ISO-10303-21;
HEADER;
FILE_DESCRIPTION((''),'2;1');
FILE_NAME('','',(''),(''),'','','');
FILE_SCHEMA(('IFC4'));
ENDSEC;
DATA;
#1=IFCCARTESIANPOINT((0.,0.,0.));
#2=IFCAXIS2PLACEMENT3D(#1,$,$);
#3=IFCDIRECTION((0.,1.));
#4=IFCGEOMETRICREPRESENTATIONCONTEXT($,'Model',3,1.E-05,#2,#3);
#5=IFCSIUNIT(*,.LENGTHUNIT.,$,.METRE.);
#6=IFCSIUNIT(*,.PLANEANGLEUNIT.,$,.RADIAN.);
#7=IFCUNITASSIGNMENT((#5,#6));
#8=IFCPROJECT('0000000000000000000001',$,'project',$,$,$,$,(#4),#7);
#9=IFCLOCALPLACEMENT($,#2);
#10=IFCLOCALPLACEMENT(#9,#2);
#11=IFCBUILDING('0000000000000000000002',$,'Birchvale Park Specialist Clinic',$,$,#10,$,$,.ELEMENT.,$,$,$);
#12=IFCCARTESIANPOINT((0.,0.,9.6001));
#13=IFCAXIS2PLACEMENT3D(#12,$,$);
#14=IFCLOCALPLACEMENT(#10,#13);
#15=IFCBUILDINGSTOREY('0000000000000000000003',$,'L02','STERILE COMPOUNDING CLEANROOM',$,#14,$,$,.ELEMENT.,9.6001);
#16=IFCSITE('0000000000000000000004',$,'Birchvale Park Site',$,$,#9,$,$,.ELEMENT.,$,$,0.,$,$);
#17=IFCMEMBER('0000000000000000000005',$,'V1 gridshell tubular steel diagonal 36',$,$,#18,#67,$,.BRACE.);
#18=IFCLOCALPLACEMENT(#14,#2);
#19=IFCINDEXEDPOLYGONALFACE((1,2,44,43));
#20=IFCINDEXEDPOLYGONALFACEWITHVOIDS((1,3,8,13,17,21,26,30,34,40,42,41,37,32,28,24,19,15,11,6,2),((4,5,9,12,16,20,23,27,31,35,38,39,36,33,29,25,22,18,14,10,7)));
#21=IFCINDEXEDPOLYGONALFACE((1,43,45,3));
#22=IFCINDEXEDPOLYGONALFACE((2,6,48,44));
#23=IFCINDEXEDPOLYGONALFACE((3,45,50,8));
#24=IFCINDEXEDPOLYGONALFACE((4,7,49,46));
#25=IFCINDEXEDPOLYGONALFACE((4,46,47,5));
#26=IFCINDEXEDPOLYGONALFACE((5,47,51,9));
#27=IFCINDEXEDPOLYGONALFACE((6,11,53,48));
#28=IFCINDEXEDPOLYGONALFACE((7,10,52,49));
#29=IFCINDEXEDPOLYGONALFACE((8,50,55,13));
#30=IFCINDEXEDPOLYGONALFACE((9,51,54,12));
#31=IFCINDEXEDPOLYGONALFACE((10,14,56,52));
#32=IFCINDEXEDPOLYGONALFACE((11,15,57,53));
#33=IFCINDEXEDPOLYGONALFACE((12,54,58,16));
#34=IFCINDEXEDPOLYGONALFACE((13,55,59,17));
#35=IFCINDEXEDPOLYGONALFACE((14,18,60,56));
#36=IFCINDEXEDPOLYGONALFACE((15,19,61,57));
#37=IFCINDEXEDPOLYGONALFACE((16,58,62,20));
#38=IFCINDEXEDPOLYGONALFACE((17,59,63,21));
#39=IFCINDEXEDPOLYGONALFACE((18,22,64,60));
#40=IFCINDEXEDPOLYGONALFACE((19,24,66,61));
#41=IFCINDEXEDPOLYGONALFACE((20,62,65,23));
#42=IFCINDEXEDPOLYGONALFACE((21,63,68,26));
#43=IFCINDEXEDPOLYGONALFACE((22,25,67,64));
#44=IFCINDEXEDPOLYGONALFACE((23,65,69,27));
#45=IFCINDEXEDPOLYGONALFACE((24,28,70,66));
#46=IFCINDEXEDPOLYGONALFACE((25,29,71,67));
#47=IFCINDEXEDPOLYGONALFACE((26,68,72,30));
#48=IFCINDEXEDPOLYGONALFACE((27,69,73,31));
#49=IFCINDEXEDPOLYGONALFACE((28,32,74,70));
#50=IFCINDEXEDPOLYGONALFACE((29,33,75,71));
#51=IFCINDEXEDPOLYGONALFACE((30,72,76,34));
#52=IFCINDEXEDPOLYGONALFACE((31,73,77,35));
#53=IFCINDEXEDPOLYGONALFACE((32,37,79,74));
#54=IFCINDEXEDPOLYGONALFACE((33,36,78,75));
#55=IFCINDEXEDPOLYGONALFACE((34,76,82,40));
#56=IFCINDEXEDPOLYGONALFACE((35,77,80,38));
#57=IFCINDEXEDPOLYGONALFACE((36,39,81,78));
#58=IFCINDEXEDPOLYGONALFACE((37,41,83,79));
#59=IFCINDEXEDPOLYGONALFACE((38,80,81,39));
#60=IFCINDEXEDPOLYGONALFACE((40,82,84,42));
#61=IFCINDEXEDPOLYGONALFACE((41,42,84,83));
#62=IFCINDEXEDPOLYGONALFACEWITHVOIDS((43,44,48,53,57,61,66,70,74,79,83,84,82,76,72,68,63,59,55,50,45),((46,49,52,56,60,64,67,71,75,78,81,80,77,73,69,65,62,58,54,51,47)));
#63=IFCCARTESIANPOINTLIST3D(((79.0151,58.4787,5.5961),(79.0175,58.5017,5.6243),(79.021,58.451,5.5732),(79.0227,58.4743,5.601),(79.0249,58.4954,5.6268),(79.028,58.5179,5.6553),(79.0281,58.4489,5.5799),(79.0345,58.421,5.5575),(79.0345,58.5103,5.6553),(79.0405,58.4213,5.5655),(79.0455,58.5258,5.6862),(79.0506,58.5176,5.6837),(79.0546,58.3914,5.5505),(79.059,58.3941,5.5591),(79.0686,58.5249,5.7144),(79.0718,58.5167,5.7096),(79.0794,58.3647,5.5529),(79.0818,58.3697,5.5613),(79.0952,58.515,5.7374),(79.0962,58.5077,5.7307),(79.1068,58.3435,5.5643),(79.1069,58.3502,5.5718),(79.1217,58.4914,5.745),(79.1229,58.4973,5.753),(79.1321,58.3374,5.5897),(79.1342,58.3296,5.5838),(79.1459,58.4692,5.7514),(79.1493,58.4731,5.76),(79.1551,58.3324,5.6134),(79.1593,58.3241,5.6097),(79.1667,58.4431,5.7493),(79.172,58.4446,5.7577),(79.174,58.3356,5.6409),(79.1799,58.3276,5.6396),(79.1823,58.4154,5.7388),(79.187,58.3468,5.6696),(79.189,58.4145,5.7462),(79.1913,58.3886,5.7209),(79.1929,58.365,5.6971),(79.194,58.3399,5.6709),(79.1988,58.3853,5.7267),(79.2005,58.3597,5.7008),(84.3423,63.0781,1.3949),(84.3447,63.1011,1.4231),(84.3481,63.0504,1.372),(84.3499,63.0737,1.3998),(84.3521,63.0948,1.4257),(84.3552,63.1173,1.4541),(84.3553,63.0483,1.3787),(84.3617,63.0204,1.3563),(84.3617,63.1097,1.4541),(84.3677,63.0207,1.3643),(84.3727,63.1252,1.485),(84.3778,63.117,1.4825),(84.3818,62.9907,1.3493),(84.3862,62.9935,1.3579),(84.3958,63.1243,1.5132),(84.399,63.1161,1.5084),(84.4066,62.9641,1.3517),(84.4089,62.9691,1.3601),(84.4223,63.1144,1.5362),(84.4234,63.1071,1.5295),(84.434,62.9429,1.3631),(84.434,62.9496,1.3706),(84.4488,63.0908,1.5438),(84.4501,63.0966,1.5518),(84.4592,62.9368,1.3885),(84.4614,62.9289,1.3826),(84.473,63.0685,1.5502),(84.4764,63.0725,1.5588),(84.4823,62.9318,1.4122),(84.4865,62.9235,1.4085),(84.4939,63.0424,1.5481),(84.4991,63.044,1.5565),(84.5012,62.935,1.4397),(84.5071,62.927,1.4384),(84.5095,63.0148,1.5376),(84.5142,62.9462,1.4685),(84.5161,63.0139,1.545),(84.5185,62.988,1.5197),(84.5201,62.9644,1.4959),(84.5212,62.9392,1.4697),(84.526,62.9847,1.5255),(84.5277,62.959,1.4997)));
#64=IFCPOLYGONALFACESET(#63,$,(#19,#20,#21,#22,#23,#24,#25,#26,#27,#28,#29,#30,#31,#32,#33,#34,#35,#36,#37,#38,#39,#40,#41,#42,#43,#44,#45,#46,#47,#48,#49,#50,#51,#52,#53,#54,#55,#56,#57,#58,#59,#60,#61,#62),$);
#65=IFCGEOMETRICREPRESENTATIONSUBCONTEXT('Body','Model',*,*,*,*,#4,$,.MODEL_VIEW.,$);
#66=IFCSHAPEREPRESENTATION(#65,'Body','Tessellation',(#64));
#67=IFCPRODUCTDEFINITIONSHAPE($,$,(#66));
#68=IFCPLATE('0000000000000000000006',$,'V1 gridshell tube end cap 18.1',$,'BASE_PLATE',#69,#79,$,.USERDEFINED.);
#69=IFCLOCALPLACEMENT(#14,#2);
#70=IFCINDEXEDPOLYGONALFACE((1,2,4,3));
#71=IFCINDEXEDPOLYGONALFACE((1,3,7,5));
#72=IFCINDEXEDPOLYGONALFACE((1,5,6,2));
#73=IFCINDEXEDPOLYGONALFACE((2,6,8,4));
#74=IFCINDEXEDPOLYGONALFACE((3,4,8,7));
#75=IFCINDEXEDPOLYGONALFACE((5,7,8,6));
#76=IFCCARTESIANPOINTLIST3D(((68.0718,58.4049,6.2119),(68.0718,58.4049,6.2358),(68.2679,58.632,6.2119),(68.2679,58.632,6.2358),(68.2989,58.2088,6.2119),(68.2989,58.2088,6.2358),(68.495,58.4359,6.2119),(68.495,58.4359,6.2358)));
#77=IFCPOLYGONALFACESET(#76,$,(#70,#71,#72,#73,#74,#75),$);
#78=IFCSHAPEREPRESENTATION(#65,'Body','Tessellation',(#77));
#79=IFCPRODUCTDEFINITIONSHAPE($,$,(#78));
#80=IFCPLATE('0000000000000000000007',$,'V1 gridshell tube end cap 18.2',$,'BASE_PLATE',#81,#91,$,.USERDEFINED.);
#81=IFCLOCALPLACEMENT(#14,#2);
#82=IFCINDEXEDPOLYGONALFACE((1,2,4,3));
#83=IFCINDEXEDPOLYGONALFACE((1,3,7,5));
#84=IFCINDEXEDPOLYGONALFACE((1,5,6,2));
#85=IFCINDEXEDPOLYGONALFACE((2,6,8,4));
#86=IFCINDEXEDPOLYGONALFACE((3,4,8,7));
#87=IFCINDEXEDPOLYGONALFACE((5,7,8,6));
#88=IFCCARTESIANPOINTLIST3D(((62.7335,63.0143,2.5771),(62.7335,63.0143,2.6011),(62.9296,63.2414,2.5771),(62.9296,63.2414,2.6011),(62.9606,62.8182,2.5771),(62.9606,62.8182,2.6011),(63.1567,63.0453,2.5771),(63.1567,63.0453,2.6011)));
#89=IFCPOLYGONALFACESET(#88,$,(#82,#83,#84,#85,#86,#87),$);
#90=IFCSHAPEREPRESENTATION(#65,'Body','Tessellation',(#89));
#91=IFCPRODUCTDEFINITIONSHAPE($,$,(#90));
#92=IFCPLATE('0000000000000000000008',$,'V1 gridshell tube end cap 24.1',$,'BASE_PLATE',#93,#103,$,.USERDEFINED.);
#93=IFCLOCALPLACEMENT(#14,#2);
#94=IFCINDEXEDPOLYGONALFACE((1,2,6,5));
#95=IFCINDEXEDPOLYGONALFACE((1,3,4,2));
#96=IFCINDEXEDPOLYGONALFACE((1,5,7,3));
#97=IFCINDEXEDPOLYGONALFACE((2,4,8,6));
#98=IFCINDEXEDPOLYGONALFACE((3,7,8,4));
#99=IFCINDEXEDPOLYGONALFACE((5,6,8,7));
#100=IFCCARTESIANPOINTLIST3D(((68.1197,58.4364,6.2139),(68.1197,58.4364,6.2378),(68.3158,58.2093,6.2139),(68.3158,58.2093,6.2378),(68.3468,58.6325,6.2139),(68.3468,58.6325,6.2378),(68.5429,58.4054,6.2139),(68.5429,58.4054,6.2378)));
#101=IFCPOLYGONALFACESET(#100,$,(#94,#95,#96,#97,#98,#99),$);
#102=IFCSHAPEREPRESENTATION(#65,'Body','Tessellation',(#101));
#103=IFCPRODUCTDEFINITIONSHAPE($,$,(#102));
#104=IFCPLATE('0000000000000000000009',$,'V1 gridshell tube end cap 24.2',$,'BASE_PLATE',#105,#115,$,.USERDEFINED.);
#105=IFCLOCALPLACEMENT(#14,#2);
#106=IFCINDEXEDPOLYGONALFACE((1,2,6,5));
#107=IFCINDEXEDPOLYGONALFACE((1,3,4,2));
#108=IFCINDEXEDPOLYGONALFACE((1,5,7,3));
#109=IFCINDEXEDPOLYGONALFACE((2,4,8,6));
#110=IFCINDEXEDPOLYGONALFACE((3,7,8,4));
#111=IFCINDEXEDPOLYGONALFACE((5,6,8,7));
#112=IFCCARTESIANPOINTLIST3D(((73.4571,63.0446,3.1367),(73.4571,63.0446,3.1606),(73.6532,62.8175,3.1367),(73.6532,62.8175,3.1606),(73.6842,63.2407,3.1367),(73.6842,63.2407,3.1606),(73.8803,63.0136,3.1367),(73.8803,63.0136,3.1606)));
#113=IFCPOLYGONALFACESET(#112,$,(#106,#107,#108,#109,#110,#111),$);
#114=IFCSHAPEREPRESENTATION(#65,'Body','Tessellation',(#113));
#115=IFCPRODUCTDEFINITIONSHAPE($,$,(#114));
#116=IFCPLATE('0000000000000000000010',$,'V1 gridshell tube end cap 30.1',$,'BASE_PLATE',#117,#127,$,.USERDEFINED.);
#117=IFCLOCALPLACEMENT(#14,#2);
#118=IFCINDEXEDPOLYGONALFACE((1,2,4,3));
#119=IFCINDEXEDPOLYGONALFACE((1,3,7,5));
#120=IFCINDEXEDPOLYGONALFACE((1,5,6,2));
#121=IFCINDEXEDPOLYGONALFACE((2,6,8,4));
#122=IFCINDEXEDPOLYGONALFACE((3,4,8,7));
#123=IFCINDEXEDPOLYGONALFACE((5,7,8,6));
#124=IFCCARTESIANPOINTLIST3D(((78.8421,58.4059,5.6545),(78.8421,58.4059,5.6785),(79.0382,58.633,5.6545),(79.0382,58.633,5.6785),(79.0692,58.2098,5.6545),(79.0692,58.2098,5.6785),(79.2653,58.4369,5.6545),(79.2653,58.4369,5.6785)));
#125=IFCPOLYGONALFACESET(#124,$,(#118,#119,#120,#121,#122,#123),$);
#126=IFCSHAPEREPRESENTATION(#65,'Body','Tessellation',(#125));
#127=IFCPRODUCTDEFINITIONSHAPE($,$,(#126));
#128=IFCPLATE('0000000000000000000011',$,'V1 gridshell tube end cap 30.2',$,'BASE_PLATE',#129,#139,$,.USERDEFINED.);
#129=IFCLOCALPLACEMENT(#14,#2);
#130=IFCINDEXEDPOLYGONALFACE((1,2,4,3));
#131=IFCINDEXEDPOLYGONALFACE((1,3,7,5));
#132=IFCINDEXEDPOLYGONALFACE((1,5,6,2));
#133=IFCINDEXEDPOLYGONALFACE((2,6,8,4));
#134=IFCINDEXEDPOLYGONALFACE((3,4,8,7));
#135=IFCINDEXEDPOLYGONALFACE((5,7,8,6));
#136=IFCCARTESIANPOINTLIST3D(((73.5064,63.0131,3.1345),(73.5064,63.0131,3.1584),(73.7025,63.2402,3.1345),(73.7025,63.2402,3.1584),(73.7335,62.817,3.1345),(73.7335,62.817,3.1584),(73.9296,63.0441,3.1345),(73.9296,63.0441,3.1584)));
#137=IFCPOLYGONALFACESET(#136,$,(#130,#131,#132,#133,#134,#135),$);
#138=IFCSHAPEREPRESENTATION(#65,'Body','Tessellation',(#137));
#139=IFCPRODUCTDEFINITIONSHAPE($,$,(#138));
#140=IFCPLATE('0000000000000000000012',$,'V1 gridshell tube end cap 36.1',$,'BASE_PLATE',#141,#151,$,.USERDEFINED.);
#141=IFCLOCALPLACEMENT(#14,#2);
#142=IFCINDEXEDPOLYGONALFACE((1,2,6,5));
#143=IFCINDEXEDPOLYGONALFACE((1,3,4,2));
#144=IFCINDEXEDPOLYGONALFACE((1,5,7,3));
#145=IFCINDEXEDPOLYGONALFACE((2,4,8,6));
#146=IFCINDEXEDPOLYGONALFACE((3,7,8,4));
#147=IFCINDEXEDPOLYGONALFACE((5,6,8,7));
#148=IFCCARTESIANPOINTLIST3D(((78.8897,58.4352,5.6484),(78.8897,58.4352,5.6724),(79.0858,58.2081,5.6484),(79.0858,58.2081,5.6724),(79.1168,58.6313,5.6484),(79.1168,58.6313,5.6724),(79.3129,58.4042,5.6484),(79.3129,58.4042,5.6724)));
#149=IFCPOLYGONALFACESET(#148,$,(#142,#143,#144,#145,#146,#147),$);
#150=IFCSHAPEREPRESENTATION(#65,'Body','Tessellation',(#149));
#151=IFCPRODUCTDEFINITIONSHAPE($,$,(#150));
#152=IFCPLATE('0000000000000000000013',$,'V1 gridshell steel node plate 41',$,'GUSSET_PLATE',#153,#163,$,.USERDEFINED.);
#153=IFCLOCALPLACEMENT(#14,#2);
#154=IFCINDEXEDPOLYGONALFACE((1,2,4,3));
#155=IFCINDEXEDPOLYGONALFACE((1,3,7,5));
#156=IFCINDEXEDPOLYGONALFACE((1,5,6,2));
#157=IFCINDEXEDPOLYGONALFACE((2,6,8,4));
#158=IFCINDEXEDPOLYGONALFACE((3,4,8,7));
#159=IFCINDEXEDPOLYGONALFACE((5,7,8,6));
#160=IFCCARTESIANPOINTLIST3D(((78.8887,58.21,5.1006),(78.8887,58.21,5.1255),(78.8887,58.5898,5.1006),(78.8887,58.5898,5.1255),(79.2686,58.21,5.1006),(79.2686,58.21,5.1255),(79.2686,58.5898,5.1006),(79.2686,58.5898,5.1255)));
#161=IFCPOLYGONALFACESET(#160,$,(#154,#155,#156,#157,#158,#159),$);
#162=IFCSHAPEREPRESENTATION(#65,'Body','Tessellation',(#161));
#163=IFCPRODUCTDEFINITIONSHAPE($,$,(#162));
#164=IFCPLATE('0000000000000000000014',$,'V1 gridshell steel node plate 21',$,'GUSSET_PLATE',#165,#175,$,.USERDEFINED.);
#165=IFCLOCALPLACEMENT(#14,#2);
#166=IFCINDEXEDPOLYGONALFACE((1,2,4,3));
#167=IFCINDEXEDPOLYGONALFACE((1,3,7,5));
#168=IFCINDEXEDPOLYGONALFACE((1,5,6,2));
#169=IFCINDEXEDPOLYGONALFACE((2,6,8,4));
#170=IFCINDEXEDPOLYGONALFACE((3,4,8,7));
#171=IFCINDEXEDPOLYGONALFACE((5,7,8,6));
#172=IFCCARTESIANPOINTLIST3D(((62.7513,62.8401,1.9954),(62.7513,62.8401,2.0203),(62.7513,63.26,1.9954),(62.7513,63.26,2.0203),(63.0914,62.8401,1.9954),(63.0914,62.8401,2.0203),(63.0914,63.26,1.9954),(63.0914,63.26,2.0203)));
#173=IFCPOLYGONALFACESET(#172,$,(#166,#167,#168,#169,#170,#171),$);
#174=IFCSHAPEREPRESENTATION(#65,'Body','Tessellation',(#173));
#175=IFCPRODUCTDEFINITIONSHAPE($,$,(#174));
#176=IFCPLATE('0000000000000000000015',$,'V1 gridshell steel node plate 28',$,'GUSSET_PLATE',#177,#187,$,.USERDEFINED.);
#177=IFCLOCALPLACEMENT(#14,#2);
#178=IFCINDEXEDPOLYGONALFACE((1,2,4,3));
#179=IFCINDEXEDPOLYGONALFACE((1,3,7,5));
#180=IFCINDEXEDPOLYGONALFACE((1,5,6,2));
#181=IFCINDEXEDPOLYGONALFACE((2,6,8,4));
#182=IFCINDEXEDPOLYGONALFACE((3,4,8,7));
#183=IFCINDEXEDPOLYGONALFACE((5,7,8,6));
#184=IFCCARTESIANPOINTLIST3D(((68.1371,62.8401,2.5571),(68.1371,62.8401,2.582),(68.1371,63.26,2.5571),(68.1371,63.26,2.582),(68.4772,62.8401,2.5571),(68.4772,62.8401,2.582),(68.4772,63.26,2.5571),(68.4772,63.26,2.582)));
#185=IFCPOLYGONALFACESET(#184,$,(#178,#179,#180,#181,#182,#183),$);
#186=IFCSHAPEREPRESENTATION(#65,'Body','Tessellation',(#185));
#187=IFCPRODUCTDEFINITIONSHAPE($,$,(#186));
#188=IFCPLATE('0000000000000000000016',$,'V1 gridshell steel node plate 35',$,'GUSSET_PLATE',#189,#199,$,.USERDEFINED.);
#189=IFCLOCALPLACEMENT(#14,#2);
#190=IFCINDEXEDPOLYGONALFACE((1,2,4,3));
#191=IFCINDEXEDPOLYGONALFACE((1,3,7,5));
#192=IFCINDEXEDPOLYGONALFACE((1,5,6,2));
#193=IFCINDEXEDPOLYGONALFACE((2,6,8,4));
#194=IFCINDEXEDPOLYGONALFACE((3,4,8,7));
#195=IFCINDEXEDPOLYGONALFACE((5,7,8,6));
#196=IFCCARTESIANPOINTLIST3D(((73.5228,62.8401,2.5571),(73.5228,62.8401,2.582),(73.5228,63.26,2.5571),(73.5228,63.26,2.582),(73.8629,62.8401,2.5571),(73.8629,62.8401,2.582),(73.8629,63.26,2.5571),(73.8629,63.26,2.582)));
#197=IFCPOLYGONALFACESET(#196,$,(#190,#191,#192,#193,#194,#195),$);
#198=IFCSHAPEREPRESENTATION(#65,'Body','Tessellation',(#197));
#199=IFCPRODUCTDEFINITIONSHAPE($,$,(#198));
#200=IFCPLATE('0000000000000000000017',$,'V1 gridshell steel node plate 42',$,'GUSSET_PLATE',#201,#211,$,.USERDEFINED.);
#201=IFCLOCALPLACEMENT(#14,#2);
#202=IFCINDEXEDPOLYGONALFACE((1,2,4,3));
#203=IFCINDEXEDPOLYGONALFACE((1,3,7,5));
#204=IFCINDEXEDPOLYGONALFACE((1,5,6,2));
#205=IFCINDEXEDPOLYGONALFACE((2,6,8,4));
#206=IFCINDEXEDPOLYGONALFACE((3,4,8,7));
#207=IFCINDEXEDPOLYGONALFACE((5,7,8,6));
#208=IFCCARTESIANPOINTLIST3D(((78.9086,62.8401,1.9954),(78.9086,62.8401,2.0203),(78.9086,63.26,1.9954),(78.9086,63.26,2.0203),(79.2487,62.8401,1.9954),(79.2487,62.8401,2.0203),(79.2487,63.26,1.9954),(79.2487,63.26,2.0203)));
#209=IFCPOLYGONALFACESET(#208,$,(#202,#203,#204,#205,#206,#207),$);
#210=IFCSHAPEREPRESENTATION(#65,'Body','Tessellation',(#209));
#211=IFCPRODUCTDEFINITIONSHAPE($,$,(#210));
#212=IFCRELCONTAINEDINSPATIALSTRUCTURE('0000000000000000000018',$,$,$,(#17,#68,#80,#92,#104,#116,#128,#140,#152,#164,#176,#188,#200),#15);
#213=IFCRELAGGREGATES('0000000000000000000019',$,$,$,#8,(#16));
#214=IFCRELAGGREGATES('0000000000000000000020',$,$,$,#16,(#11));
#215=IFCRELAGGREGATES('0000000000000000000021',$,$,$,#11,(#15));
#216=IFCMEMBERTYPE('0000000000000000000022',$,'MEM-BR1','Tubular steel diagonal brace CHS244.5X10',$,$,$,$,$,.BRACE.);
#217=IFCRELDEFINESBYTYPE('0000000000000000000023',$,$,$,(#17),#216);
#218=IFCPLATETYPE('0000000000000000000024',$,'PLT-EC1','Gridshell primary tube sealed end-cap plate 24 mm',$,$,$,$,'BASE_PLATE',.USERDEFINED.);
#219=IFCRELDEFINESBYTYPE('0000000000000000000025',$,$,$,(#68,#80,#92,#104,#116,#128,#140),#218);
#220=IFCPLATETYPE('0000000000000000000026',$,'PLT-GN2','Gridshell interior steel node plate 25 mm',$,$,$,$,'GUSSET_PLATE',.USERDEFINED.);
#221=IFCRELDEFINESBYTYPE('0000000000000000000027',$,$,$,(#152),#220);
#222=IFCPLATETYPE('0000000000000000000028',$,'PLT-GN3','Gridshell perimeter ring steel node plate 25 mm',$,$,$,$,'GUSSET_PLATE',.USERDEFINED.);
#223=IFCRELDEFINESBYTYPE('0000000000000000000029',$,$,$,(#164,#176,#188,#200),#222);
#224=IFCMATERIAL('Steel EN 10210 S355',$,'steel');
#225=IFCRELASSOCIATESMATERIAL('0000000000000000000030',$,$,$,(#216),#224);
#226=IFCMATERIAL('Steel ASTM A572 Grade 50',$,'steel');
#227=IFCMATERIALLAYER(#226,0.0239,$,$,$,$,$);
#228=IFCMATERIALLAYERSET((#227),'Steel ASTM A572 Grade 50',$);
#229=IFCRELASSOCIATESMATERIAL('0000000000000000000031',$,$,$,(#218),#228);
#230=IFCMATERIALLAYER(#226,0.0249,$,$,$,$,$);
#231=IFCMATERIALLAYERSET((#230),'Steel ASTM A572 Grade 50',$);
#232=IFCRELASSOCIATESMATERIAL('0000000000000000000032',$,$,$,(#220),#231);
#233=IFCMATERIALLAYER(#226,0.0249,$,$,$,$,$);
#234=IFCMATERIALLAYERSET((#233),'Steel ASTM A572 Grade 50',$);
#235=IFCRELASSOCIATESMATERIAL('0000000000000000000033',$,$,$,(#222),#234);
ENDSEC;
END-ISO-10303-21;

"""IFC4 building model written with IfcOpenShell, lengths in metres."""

from ifc_helpers import new_model, si_unit, direction, frame, origin, origin_2d, place, context, subcontext, project, spatial, rectangle, hollow_circle, extrude, material, layer, layer_set, material_profile, profile_set, type_object, element, save


model = new_model("IFC4")

# Units and contexts
model_context = context("Model", 3, precision=1e-05, world=origin(), true_north=direction((0.0, 1.0)))
body_context = subcontext(model_context, "Body", "Model", "MODEL_VIEW")
ifc_project = project(units=[si_unit("LENGTHUNIT", "METRE"), si_unit("PLANEANGLEUNIT", "RADIAN")], contexts=[model_context])

# Site, building, storey
site_placement = place(None, origin())
site = spatial("IfcSite", under=ifc_project, at=site_placement, Name="Birchvale Park Site", CompositionType="ELEMENT", RefElevation=0.0)
building_placement = place(site_placement, origin())
building = spatial("IfcBuilding", under=site, at=building_placement, Name="Birchvale Park Specialist Clinic", CompositionType="ELEMENT")
storey_placement = place(building_placement, frame((0.0, 0.0, 9.6001)))
storey = spatial("IfcBuildingStorey", under=building, at=storey_placement, Name="L02", Description="STERILE COMPOUNDING CLEANROOM", CompositionType="ELEMENT", Elevation=9.6001)

# Member
ifc_material_1 = material(Name="Steel EN 10210 S355", Category="steel")
ifc_material_profile_1 = material_profile(ifc_material_1, hollow_circle(Radius=0.1223, WallThickness=0.01, at=origin_2d()), Name="CHS244.5X10")
ifc_profile_set_1 = profile_set([ifc_material_profile_1], Name="Steel EN 10210 S355")
member_type = type_object("IfcMemberType", Name="MEM-BR1", Description="Tubular steel diagonal brace CHS244.5X10", PredefinedType="BRACE", material=ifc_profile_set_1)
member_1_placement = place(storey_placement, frame((79.1079, 58.4253, 5.6553), z_axis=(0.64993, 0.561138, -0.512557), x_axis=(-0.65351, 0.756918, 0.0)))
element("IfcMember", 1, at=member_1_placement, inside=storey, type_object=member_type, Name="V1 gridshell tubular steel diagonal 36", PredefinedType="BRACE", context=body_context, shape_type="SweptSolid", body=[
    extrude(hollow_circle(Radius=0.1223, WallThickness=0.01, at=origin_2d()), origin(), (0.0, 0.0, 1.0), 8.1965),
])

# Plates
ifc_material_2 = material(Name="Steel ASTM A572 Grade 50", Category="steel")
ifc_layer_1 = layer(ifc_material_2, 0.0239)
ifc_layer_set_1 = layer_set([ifc_layer_1], Name="Steel ASTM A572 Grade 50")
plate_type_1 = type_object("IfcPlateType", Name="PLT-EC1", Description="Gridshell primary tube sealed end-cap plate 24 mm", ElementType="BASE_PLATE", PredefinedType="USERDEFINED", material=ifc_layer_set_1)
for number, where, z_axis, x_axis, name in (
    (2, (68.2834, 58.4204, 6.2119), (0.0, 0.0, 1.0), (-0.756881, 0.653553, 0.0), "V1 gridshell tube end cap 18.1"),
    (3, (62.9451, 63.0298, 2.5771), (0.0, 0.0, 1.0), (-0.756881, 0.653553, 0.0), "V1 gridshell tube end cap 18.2"),
    (4, (68.3313, 58.4209, 6.2139), (0.0, 0.0, 1.0), (0.756881, 0.653553, 0.0), "V1 gridshell tube end cap 24.1"),
    (5, (73.6687, 63.0291, 3.1367), (0.0, 0.0, 1.0), (0.756881, 0.653553, 0.0), "V1 gridshell tube end cap 24.2"),
    (6, (79.0537, 58.4214, 5.6545), (0.0, 0.0, 1.0), (-0.756881, 0.653553, 0.0), "V1 gridshell tube end cap 30.1"),
    (7, (73.718, 63.0286, 3.1345), (0.0, 0.0, 1.0), (-0.756881, 0.653553, 0.0), "V1 gridshell tube end cap 30.2"),
    (8, (79.1013, 58.4197, 5.6484), (0.0, 0.0, 1.0), (0.756881, 0.653553, 0.0), "V1 gridshell tube end cap 36.1"),
):
    element("IfcPlate", number, at=place(storey_placement, frame(where, z_axis=z_axis, x_axis=x_axis)), inside=storey, type_object=plate_type_1, Name=name, ObjectType="BASE_PLATE", PredefinedType="USERDEFINED", context=body_context, shape_type="SweptSolid", body=[
        extrude(rectangle(XDim=0.3, YDim=0.3, at=origin_2d()), origin(), (0.0, 0.0, 1.0), 0.0239),
    ])
ifc_layer_2 = layer(ifc_material_2, 0.0249)
ifc_layer_set_2 = layer_set([ifc_layer_2], Name="Steel ASTM A572 Grade 50")
plate_type_2 = type_object("IfcPlateType", Name="PLT-GN2", Description="Gridshell interior steel node plate 25 mm", ElementType="GUSSET_PLATE", PredefinedType="USERDEFINED", material=ifc_layer_set_2)
plate_placement = place(storey_placement, frame((79.0786, 58.3999, 5.1006), z_axis=(0.0, 0.0, 1.0), x_axis=(1.0, 0.0, 0.0)))
element("IfcPlate", 9, at=plate_placement, inside=storey, type_object=plate_type_2, Name="V1 gridshell steel node plate 41", ObjectType="GUSSET_PLATE", PredefinedType="USERDEFINED", context=body_context, shape_type="SweptSolid", body=[
    extrude(rectangle(XDim=0.3799, YDim=0.3799, at=origin_2d()), origin(), (0.0, 0.0, 1.0), 0.0249),
])
ifc_layer_3 = layer(ifc_material_2, 0.0249)
ifc_layer_set_3 = layer_set([ifc_layer_3], Name="Steel ASTM A572 Grade 50")
plate_type_3 = type_object("IfcPlateType", Name="PLT-GN3", Description="Gridshell perimeter ring steel node plate 25 mm", ElementType="GUSSET_PLATE", PredefinedType="USERDEFINED", material=ifc_layer_set_3)
for number, where, z_axis, x_axis, name in (
    (10, (62.9214, 63.05, 1.9954), (0.0, 0.0, 1.0), (1.0, 0.0, 0.0), "V1 gridshell steel node plate 21"),
    (11, (68.3071, 63.05, 2.5571), (0.0, 0.0, 1.0), (1.0, 0.0, 0.0), "V1 gridshell steel node plate 28"),
    (12, (73.6929, 63.05, 2.5571), (0.0, 0.0, 1.0), (1.0, 0.0, 0.0), "V1 gridshell steel node plate 35"),
    (13, (79.0786, 63.05, 1.9954), (0.0, 0.0, 1.0), (1.0, 0.0, 0.0), "V1 gridshell steel node plate 42"),
):
    element("IfcPlate", number, at=place(storey_placement, frame(where, z_axis=z_axis, x_axis=x_axis)), inside=storey, type_object=plate_type_3, Name=name, ObjectType="GUSSET_PLATE", PredefinedType="USERDEFINED", context=body_context, shape_type="SweptSolid", body=[
        extrude(rectangle(XDim=0.3401, YDim=0.4199, at=origin_2d()), origin(), (0.0, 0.0, 1.0), 0.0249),
    ])

save(model, "model.ifc")
